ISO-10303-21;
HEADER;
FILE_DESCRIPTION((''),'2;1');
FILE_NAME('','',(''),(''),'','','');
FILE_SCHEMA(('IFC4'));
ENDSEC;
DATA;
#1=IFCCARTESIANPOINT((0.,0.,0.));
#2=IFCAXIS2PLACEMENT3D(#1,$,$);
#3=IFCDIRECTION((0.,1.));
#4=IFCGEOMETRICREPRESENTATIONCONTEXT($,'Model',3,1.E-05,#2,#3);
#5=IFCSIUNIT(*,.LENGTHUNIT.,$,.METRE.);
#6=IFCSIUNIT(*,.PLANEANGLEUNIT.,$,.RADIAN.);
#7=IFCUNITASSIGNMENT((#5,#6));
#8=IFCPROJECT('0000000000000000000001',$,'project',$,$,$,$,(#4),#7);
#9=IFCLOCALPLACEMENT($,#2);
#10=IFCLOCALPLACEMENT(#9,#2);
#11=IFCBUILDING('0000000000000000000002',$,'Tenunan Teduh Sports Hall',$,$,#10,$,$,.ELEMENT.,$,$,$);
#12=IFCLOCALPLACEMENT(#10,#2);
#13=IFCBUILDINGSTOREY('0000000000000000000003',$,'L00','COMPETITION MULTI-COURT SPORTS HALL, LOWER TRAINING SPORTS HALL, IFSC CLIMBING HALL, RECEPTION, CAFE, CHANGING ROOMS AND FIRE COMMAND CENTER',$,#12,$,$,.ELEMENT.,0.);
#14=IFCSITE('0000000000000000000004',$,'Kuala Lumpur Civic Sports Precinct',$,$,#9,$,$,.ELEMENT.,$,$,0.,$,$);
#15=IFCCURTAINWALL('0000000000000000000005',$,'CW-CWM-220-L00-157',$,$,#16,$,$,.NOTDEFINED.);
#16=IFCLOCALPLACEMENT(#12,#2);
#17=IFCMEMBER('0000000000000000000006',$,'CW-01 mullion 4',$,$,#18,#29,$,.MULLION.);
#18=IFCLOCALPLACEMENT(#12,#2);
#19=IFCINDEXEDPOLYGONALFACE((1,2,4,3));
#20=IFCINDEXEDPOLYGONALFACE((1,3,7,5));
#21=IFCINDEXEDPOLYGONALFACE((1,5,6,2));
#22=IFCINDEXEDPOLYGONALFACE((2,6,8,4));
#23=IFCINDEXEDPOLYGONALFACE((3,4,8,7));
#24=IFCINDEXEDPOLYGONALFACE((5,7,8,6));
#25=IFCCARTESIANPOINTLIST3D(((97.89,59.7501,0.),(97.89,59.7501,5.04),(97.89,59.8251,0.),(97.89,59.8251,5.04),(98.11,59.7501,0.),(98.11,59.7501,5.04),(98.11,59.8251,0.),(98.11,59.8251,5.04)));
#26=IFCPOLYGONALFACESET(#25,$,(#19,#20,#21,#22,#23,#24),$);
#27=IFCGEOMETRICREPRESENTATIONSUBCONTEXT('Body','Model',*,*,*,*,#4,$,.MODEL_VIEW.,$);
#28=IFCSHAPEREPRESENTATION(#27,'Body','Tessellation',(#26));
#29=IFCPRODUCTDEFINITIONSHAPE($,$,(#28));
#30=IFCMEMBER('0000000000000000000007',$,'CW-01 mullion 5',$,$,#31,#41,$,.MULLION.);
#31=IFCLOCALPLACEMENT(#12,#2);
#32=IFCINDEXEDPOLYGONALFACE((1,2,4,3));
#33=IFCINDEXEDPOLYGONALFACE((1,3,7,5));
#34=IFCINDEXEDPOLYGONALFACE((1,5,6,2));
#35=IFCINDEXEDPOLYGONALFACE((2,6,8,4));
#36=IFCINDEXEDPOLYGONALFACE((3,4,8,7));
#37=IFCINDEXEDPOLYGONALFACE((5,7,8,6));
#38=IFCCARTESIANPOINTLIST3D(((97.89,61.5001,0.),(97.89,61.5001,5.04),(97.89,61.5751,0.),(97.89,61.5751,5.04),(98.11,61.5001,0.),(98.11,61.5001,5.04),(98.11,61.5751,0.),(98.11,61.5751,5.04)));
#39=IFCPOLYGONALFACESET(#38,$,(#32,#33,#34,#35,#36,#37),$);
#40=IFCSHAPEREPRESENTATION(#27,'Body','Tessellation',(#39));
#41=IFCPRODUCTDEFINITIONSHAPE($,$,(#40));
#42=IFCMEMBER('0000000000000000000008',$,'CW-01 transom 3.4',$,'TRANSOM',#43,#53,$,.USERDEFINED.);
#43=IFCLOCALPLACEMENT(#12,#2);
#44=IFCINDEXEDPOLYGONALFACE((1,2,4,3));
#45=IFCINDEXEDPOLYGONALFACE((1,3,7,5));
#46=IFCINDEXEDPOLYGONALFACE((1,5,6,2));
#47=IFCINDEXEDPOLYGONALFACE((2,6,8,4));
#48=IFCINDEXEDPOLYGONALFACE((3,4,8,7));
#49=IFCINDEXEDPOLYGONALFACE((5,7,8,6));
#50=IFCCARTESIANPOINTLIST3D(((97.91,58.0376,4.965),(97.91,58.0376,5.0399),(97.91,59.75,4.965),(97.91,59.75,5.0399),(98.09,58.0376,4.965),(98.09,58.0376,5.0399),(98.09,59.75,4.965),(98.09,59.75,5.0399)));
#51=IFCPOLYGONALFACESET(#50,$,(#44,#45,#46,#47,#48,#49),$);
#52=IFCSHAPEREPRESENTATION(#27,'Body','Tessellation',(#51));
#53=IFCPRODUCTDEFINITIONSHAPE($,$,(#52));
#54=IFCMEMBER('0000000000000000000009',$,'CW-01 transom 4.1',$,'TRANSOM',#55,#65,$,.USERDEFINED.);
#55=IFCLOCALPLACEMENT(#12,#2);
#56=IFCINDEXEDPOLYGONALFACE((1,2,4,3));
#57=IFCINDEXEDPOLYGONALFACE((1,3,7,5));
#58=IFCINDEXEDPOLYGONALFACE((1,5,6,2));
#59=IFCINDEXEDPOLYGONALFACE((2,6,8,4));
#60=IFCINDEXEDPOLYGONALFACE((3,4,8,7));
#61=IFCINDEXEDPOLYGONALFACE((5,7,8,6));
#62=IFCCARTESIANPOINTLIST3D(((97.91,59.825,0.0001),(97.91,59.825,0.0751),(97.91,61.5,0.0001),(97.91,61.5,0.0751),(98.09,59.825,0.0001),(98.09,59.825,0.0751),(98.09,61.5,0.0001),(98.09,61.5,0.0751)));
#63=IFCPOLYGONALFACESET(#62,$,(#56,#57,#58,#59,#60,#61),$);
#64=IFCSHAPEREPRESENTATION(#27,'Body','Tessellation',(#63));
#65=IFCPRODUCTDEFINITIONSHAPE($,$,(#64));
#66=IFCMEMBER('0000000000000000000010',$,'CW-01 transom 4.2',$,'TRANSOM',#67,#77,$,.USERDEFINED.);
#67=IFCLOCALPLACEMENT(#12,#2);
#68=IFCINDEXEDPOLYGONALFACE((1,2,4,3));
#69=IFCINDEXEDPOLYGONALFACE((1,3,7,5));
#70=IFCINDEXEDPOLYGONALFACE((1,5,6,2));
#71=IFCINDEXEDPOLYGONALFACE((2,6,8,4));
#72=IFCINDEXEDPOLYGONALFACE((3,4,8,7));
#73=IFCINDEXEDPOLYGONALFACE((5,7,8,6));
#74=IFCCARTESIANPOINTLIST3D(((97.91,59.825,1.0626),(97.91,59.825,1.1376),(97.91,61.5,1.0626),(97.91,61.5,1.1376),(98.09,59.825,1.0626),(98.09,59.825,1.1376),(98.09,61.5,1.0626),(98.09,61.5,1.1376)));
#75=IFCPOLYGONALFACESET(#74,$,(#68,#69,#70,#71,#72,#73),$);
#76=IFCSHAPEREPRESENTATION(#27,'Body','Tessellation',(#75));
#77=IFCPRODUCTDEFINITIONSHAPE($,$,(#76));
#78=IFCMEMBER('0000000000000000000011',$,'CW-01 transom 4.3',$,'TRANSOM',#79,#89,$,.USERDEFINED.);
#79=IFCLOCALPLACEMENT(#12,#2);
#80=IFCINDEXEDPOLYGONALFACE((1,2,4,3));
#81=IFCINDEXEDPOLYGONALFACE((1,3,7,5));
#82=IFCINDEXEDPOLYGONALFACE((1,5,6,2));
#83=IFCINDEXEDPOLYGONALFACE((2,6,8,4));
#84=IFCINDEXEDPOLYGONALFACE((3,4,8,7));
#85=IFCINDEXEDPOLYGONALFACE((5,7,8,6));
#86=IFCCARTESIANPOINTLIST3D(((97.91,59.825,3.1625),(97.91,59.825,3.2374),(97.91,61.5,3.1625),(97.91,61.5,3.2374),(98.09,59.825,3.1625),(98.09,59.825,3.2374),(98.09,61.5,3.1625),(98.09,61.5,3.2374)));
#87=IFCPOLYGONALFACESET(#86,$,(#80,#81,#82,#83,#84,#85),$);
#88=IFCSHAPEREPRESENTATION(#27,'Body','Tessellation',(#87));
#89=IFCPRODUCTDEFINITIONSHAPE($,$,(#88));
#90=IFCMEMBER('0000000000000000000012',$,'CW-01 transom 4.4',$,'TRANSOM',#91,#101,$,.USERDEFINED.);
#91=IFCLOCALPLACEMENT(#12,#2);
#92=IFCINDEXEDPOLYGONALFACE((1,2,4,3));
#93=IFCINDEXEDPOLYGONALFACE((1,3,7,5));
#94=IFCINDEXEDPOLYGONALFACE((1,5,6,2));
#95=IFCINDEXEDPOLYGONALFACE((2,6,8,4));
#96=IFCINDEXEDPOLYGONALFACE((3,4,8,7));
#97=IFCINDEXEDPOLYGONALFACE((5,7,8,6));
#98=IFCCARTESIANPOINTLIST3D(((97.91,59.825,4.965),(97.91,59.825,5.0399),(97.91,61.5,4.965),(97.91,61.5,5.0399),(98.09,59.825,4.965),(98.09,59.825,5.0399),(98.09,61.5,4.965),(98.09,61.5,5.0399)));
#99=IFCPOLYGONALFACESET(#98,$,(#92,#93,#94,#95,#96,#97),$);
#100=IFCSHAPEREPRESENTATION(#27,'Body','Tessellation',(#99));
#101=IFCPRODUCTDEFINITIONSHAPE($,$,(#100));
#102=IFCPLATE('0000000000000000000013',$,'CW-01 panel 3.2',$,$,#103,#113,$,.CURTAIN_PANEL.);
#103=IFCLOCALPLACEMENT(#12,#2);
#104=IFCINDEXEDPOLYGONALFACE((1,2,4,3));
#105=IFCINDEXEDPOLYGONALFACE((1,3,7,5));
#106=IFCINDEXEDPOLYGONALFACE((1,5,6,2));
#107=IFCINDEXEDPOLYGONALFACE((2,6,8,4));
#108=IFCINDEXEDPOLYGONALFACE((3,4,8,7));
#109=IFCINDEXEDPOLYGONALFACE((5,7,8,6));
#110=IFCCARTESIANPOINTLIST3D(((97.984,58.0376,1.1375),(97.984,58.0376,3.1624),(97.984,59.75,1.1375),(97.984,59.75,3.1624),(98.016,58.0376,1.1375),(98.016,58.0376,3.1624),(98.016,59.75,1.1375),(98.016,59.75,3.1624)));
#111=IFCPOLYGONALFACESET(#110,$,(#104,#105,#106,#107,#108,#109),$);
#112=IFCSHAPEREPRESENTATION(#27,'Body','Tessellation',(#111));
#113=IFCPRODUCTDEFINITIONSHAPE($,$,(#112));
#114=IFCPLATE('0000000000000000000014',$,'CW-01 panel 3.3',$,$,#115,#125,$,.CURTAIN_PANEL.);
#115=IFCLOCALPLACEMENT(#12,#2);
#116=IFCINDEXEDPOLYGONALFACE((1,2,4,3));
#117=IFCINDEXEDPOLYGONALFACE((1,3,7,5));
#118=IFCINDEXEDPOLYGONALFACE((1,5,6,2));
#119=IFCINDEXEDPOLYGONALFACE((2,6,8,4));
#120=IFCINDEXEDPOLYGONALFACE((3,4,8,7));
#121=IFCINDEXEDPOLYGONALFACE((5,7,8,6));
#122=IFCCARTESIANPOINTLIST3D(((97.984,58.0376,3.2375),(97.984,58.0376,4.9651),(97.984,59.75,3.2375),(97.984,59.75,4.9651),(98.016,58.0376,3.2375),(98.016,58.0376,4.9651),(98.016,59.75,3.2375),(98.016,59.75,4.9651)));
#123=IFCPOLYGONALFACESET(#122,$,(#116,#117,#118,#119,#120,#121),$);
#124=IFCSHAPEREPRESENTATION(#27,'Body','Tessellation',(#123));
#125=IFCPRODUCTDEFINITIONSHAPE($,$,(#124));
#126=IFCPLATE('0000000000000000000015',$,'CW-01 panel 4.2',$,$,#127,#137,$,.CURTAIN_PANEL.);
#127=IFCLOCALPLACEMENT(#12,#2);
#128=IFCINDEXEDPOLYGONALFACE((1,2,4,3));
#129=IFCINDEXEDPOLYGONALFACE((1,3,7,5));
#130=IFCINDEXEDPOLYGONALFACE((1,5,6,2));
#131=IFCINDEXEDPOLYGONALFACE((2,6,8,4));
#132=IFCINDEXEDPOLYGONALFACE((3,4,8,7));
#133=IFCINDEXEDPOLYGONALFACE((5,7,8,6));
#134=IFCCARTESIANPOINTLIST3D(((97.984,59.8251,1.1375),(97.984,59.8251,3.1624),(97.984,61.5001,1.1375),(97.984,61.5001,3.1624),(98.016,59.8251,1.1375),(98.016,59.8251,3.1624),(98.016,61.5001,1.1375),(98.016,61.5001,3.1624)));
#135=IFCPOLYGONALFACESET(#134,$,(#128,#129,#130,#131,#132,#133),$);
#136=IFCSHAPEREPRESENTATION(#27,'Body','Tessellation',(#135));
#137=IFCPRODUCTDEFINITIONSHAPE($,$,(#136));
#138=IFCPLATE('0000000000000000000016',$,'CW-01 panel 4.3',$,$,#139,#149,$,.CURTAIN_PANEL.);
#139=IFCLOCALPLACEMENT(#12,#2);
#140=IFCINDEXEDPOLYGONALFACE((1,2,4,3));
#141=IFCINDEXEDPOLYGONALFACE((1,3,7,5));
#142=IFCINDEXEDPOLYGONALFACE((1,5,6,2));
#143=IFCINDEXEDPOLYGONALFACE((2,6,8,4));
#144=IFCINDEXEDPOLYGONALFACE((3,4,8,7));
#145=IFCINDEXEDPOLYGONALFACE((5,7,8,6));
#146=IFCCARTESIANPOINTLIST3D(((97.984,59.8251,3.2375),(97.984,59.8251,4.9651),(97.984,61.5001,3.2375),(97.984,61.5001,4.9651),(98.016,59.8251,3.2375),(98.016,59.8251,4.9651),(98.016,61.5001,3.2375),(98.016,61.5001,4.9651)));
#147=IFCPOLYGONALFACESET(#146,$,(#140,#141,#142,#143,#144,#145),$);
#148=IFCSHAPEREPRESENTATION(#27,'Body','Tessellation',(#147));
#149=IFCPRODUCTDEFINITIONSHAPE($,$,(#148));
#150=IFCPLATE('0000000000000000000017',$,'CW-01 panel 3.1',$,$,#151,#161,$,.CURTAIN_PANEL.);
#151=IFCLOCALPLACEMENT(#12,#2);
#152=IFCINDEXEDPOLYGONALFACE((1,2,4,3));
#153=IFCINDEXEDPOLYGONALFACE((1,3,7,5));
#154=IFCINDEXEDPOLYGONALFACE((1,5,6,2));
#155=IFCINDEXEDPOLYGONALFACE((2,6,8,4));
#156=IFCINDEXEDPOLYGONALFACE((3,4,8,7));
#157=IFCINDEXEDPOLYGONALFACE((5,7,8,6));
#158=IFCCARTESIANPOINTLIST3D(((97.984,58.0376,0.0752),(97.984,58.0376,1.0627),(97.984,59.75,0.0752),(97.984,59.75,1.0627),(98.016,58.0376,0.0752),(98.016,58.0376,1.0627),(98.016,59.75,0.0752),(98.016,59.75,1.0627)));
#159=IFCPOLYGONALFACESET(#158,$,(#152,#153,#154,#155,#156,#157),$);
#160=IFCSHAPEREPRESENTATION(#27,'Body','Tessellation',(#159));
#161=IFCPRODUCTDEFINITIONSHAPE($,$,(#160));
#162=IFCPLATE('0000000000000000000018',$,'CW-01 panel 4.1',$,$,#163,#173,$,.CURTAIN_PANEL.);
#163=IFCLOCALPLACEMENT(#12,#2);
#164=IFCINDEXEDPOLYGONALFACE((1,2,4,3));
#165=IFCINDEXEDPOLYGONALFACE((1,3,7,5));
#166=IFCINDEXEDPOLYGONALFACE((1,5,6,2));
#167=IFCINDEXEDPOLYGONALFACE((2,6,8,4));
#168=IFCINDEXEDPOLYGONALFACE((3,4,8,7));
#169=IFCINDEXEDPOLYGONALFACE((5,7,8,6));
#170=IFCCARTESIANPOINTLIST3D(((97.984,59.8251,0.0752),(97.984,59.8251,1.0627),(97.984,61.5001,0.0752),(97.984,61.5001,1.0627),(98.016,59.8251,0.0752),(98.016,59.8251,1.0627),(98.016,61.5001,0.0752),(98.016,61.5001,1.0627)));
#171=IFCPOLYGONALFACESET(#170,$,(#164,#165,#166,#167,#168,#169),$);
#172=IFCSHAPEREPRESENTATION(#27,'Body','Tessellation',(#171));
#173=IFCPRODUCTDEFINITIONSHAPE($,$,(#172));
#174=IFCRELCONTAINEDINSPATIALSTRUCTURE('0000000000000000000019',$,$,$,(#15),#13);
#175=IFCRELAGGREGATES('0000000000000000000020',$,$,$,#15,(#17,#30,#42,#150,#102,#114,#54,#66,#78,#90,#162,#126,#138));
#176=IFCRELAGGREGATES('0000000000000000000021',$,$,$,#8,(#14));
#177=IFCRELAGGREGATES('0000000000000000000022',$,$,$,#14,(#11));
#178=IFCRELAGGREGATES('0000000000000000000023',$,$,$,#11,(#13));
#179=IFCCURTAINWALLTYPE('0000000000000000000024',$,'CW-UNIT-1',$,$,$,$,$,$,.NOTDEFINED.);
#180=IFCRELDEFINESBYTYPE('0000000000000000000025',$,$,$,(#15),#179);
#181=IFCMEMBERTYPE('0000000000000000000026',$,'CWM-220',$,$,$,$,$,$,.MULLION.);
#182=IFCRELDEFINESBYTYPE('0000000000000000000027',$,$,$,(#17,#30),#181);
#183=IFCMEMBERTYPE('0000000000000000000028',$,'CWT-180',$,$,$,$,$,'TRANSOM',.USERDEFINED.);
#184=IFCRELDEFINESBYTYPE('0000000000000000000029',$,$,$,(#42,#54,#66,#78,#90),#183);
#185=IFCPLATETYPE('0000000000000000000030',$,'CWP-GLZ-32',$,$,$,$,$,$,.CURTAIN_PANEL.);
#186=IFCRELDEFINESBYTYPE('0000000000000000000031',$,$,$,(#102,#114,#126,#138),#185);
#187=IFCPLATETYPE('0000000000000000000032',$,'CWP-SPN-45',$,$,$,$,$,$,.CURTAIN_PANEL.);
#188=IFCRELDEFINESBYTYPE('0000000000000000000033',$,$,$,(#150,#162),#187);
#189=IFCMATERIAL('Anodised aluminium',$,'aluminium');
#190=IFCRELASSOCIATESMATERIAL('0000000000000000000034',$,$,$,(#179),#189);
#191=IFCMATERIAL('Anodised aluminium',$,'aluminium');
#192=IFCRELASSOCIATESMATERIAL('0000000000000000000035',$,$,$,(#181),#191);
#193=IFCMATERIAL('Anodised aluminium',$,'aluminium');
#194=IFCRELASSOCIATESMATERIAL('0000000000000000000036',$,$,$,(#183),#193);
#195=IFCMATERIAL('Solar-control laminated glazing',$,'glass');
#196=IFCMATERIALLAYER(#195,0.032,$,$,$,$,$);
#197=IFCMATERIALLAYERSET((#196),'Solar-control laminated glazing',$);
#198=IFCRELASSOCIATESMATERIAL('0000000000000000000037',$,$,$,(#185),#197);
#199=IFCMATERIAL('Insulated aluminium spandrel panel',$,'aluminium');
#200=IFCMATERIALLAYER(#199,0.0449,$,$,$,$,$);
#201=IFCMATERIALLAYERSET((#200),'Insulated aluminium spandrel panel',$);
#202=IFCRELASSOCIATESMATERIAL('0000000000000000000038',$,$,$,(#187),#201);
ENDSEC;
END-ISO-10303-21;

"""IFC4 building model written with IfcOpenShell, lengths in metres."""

from ifc_helpers import new_model, si_unit, direction, frame, origin, origin_2d, place, context, subcontext, project, spatial, rectangle, extrude, material, layer, layer_set, material_profile, profile_set, type_object, element, aggregate, save


model = new_model("IFC4")

# Units and contexts
model_context = context("Model", 3, precision=1e-05, world=origin(), true_north=direction((0.0, 1.0)))
body_context = subcontext(model_context, "Body", "Model", "MODEL_VIEW")
ifc_project = project(units=[si_unit("LENGTHUNIT", "METRE"), si_unit("PLANEANGLEUNIT", "RADIAN")], contexts=[model_context])

# Site, building, storey
site_placement = place(None, origin())
site = spatial("IfcSite", under=ifc_project, at=site_placement, Name="Kuala Lumpur Civic Sports Precinct", CompositionType="ELEMENT", RefElevation=0.0)
building_placement = place(site_placement, origin())
building = spatial("IfcBuilding", under=site, at=building_placement, Name="Tenunan Teduh Sports Hall", CompositionType="ELEMENT")
storey_placement = place(building_placement, origin())
storey = spatial("IfcBuildingStorey", under=building, at=storey_placement, Name="L00", Description="COMPETITION MULTI-COURT SPORTS HALL, LOWER TRAINING SPORTS HALL, IFSC CLIMBING HALL, RECEPTION, CAFE, CHANGING ROOMS AND FIRE COMMAND CENTER", CompositionType="ELEMENT", Elevation=0.0)

# Shared definitions
ifc_material_1 = material(Name="Anodised aluminium", Category="aluminium")
curtain_wall_type = type_object("IfcCurtainWallType", Name="CW-UNIT-1", PredefinedType="NOTDEFINED", material=ifc_material_1)

# Curtain wall, members, plates
curtain_wall_1_placement = place(storey_placement, origin())
curtain_wall_1 = element("IfcCurtainWall", 1, at=curtain_wall_1_placement, inside=storey, type_object=curtain_wall_type, Name="CW-CWM-220-L00-157", PredefinedType="NOTDEFINED")
ifc_material_2 = material(Name="Anodised aluminium", Category="aluminium")
ifc_material_profile_1 = material_profile(ifc_material_2, rectangle(XDim=0.075, YDim=0.22, at=origin_2d()), Name="CWM 75x220")
ifc_profile_set_1 = profile_set([ifc_material_profile_1], Name="Anodised aluminium")
member_type_1 = type_object("IfcMemberType", Name="CWM-220", PredefinedType="MULLION", material=ifc_profile_set_1)
member_1_placement = place(storey_placement, frame((98.0, 59.7876, 0.0), z_axis=(0.0, 0.0, 1.0), x_axis=(0.0, 1.0, 0.0)))
member_1 = element("IfcMember", 2, at=member_1_placement, type_object=member_type_1, Name="CW-01 mullion 4", PredefinedType="MULLION", context=body_context, shape_type="SweptSolid", body=[
    extrude(rectangle(XDim=0.075, YDim=0.22, at=origin_2d()), origin(), (0.0, 0.0, 1.0), 5.04),
])
member_2_placement = place(storey_placement, frame((98.0, 61.5376, 0.0), z_axis=(0.0, 0.0, 1.0), x_axis=(0.0, 1.0, 0.0)))
member_2 = element("IfcMember", 3, at=member_2_placement, type_object=member_type_1, Name="CW-01 mullion 5", PredefinedType="MULLION", context=body_context, shape_type="SweptSolid", body=[
    extrude(rectangle(XDim=0.075, YDim=0.22, at=origin_2d()), origin(), (0.0, 0.0, 1.0), 5.04),
])
ifc_material_3 = material(Name="Anodised aluminium", Category="aluminium")
ifc_material_profile_2 = material_profile(ifc_material_3, rectangle(XDim=0.075, YDim=0.1799, at=origin_2d()), Name="CWT 75x180")
ifc_profile_set_2 = profile_set([ifc_material_profile_2], Name="Anodised aluminium")
member_type_2 = type_object("IfcMemberType", Name="CWT-180", ElementType="TRANSOM", PredefinedType="USERDEFINED", material=ifc_profile_set_2)
member_3_placement = place(storey_placement, frame((98.0, 58.0376, 5.0024), z_axis=(0.0, 1.0, 0.0), x_axis=(0.0, 0.0, 1.0)))
member_3 = element("IfcMember", 4, at=member_3_placement, type_object=member_type_2, Name="CW-01 transom 3.4", ObjectType="TRANSOM", PredefinedType="USERDEFINED", context=body_context, shape_type="SweptSolid", body=[
    extrude(rectangle(XDim=0.075, YDim=0.1799, at=origin_2d()), origin(), (0.0, 0.0, 1.0), 1.7124),
])
member_4_placement = place(storey_placement, frame((98.0, 59.825, 0.0376), z_axis=(0.0, 1.0, 0.0), x_axis=(0.0, 0.0, 1.0)))
member_4 = element("IfcMember", 5, at=member_4_placement, type_object=member_type_2, Name="CW-01 transom 4.1", ObjectType="TRANSOM", PredefinedType="USERDEFINED", context=body_context, shape_type="SweptSolid", body=[
    extrude(rectangle(XDim=0.075, YDim=0.1799, at=origin_2d()), origin(), (0.0, 0.0, 1.0), 1.675),
])
member_5_placement = place(storey_placement, frame((98.0, 59.825, 1.1001), z_axis=(0.0, 1.0, 0.0), x_axis=(0.0, 0.0, 1.0)))
member_5 = element("IfcMember", 6, at=member_5_placement, type_object=member_type_2, Name="CW-01 transom 4.2", ObjectType="TRANSOM", PredefinedType="USERDEFINED", context=body_context, shape_type="SweptSolid", body=[
    extrude(rectangle(XDim=0.075, YDim=0.1799, at=origin_2d()), origin(), (0.0, 0.0, 1.0), 1.675),
])
member_6_placement = place(storey_placement, frame((98.0, 59.825, 3.2), z_axis=(0.0, 1.0, 0.0), x_axis=(0.0, 0.0, 1.0)))
member_6 = element("IfcMember", 7, at=member_6_placement, type_object=member_type_2, Name="CW-01 transom 4.3", ObjectType="TRANSOM", PredefinedType="USERDEFINED", context=body_context, shape_type="SweptSolid", body=[
    extrude(rectangle(XDim=0.075, YDim=0.1799, at=origin_2d()), origin(), (0.0, 0.0, 1.0), 1.675),
])
member_7_placement = place(storey_placement, frame((98.0, 59.825, 5.0024), z_axis=(0.0, 1.0, 0.0), x_axis=(0.0, 0.0, 1.0)))
member_7 = element("IfcMember", 8, at=member_7_placement, type_object=member_type_2, Name="CW-01 transom 4.4", ObjectType="TRANSOM", PredefinedType="USERDEFINED", context=body_context, shape_type="SweptSolid", body=[
    extrude(rectangle(XDim=0.075, YDim=0.1799, at=origin_2d()), origin(), (0.0, 0.0, 1.0), 1.675),
])
ifc_material_4 = material(Name="Solar-control laminated glazing", Category="glass")
ifc_layer_1 = layer(ifc_material_4, 0.032)
ifc_layer_set_1 = layer_set([ifc_layer_1], Name="Solar-control laminated glazing")
plate_type_1 = type_object("IfcPlateType", Name="CWP-GLZ-32", PredefinedType="CURTAIN_PANEL", material=ifc_layer_set_1)
plate_1_placement = place(storey_placement, frame((98.0, 58.8938, 1.1375), z_axis=(0.0, 0.0, 1.0), x_axis=(0.0, 1.0, 0.0)))
plate_1 = element("IfcPlate", 9, at=plate_1_placement, type_object=plate_type_1, Name="CW-01 panel 3.2", PredefinedType="CURTAIN_PANEL", context=body_context, shape_type="SweptSolid", body=[
    extrude(rectangle(XDim=1.7124, YDim=0.032, at=origin_2d()), origin(), (0.0, 0.0, 1.0), 2.0249),
])
plate_2_placement = place(storey_placement, frame((98.0, 58.8938, 3.2375), z_axis=(0.0, 0.0, 1.0), x_axis=(0.0, 1.0, 0.0)))
plate_2 = element("IfcPlate", 10, at=plate_2_placement, type_object=plate_type_1, Name="CW-01 panel 3.3", PredefinedType="CURTAIN_PANEL", context=body_context, shape_type="SweptSolid", body=[
    extrude(rectangle(XDim=1.7124, YDim=0.032, at=origin_2d()), origin(), (0.0, 0.0, 1.0), 1.7275),
])
plate_3_placement = place(storey_placement, frame((98.0, 60.6626, 1.1375), z_axis=(0.0, 0.0, 1.0), x_axis=(0.0, 1.0, 0.0)))
plate_3 = element("IfcPlate", 11, at=plate_3_placement, type_object=plate_type_1, Name="CW-01 panel 4.2", PredefinedType="CURTAIN_PANEL", context=body_context, shape_type="SweptSolid", body=[
    extrude(rectangle(XDim=1.675, YDim=0.032, at=origin_2d()), origin(), (0.0, 0.0, 1.0), 2.0249),
])
plate_4_placement = place(storey_placement, frame((98.0, 60.6626, 3.2375), z_axis=(0.0, 0.0, 1.0), x_axis=(0.0, 1.0, 0.0)))
plate_4 = element("IfcPlate", 12, at=plate_4_placement, type_object=plate_type_1, Name="CW-01 panel 4.3", PredefinedType="CURTAIN_PANEL", context=body_context, shape_type="SweptSolid", body=[
    extrude(rectangle(XDim=1.675, YDim=0.032, at=origin_2d()), origin(), (0.0, 0.0, 1.0), 1.7275),
])
ifc_material_5 = material(Name="Insulated aluminium spandrel panel", Category="aluminium")
ifc_layer_2 = layer(ifc_material_5, 0.0449)
ifc_layer_set_2 = layer_set([ifc_layer_2], Name="Insulated aluminium spandrel panel")
plate_type_2 = type_object("IfcPlateType", Name="CWP-SPN-45", PredefinedType="CURTAIN_PANEL", material=ifc_layer_set_2)
plate_5_placement = place(storey_placement, frame((98.0, 58.8938, 0.0752), z_axis=(0.0, 0.0, 1.0), x_axis=(0.0, 1.0, 0.0)))
plate_5 = element("IfcPlate", 13, at=plate_5_placement, type_object=plate_type_2, Name="CW-01 panel 3.1", PredefinedType="CURTAIN_PANEL", context=body_context, shape_type="SweptSolid", body=[
    extrude(rectangle(XDim=1.7124, YDim=0.032, at=origin_2d()), origin(), (0.0, 0.0, 1.0), 0.9875),
])
plate_6_placement = place(storey_placement, frame((98.0, 60.6626, 0.0752), z_axis=(0.0, 0.0, 1.0), x_axis=(0.0, 1.0, 0.0)))
plate_6 = element("IfcPlate", 14, at=plate_6_placement, type_object=plate_type_2, Name="CW-01 panel 4.1", PredefinedType="CURTAIN_PANEL", context=body_context, shape_type="SweptSolid", body=[
    extrude(rectangle(XDim=1.675, YDim=0.032, at=origin_2d()), origin(), (0.0, 0.0, 1.0), 0.9875),
])
aggregate(curtain_wall_1, [member_1, member_2, member_3, plate_5, plate_1, plate_2, member_4, member_5, member_6, member_7, plate_6, plate_3, plate_4])

save(model, "model.ifc")
